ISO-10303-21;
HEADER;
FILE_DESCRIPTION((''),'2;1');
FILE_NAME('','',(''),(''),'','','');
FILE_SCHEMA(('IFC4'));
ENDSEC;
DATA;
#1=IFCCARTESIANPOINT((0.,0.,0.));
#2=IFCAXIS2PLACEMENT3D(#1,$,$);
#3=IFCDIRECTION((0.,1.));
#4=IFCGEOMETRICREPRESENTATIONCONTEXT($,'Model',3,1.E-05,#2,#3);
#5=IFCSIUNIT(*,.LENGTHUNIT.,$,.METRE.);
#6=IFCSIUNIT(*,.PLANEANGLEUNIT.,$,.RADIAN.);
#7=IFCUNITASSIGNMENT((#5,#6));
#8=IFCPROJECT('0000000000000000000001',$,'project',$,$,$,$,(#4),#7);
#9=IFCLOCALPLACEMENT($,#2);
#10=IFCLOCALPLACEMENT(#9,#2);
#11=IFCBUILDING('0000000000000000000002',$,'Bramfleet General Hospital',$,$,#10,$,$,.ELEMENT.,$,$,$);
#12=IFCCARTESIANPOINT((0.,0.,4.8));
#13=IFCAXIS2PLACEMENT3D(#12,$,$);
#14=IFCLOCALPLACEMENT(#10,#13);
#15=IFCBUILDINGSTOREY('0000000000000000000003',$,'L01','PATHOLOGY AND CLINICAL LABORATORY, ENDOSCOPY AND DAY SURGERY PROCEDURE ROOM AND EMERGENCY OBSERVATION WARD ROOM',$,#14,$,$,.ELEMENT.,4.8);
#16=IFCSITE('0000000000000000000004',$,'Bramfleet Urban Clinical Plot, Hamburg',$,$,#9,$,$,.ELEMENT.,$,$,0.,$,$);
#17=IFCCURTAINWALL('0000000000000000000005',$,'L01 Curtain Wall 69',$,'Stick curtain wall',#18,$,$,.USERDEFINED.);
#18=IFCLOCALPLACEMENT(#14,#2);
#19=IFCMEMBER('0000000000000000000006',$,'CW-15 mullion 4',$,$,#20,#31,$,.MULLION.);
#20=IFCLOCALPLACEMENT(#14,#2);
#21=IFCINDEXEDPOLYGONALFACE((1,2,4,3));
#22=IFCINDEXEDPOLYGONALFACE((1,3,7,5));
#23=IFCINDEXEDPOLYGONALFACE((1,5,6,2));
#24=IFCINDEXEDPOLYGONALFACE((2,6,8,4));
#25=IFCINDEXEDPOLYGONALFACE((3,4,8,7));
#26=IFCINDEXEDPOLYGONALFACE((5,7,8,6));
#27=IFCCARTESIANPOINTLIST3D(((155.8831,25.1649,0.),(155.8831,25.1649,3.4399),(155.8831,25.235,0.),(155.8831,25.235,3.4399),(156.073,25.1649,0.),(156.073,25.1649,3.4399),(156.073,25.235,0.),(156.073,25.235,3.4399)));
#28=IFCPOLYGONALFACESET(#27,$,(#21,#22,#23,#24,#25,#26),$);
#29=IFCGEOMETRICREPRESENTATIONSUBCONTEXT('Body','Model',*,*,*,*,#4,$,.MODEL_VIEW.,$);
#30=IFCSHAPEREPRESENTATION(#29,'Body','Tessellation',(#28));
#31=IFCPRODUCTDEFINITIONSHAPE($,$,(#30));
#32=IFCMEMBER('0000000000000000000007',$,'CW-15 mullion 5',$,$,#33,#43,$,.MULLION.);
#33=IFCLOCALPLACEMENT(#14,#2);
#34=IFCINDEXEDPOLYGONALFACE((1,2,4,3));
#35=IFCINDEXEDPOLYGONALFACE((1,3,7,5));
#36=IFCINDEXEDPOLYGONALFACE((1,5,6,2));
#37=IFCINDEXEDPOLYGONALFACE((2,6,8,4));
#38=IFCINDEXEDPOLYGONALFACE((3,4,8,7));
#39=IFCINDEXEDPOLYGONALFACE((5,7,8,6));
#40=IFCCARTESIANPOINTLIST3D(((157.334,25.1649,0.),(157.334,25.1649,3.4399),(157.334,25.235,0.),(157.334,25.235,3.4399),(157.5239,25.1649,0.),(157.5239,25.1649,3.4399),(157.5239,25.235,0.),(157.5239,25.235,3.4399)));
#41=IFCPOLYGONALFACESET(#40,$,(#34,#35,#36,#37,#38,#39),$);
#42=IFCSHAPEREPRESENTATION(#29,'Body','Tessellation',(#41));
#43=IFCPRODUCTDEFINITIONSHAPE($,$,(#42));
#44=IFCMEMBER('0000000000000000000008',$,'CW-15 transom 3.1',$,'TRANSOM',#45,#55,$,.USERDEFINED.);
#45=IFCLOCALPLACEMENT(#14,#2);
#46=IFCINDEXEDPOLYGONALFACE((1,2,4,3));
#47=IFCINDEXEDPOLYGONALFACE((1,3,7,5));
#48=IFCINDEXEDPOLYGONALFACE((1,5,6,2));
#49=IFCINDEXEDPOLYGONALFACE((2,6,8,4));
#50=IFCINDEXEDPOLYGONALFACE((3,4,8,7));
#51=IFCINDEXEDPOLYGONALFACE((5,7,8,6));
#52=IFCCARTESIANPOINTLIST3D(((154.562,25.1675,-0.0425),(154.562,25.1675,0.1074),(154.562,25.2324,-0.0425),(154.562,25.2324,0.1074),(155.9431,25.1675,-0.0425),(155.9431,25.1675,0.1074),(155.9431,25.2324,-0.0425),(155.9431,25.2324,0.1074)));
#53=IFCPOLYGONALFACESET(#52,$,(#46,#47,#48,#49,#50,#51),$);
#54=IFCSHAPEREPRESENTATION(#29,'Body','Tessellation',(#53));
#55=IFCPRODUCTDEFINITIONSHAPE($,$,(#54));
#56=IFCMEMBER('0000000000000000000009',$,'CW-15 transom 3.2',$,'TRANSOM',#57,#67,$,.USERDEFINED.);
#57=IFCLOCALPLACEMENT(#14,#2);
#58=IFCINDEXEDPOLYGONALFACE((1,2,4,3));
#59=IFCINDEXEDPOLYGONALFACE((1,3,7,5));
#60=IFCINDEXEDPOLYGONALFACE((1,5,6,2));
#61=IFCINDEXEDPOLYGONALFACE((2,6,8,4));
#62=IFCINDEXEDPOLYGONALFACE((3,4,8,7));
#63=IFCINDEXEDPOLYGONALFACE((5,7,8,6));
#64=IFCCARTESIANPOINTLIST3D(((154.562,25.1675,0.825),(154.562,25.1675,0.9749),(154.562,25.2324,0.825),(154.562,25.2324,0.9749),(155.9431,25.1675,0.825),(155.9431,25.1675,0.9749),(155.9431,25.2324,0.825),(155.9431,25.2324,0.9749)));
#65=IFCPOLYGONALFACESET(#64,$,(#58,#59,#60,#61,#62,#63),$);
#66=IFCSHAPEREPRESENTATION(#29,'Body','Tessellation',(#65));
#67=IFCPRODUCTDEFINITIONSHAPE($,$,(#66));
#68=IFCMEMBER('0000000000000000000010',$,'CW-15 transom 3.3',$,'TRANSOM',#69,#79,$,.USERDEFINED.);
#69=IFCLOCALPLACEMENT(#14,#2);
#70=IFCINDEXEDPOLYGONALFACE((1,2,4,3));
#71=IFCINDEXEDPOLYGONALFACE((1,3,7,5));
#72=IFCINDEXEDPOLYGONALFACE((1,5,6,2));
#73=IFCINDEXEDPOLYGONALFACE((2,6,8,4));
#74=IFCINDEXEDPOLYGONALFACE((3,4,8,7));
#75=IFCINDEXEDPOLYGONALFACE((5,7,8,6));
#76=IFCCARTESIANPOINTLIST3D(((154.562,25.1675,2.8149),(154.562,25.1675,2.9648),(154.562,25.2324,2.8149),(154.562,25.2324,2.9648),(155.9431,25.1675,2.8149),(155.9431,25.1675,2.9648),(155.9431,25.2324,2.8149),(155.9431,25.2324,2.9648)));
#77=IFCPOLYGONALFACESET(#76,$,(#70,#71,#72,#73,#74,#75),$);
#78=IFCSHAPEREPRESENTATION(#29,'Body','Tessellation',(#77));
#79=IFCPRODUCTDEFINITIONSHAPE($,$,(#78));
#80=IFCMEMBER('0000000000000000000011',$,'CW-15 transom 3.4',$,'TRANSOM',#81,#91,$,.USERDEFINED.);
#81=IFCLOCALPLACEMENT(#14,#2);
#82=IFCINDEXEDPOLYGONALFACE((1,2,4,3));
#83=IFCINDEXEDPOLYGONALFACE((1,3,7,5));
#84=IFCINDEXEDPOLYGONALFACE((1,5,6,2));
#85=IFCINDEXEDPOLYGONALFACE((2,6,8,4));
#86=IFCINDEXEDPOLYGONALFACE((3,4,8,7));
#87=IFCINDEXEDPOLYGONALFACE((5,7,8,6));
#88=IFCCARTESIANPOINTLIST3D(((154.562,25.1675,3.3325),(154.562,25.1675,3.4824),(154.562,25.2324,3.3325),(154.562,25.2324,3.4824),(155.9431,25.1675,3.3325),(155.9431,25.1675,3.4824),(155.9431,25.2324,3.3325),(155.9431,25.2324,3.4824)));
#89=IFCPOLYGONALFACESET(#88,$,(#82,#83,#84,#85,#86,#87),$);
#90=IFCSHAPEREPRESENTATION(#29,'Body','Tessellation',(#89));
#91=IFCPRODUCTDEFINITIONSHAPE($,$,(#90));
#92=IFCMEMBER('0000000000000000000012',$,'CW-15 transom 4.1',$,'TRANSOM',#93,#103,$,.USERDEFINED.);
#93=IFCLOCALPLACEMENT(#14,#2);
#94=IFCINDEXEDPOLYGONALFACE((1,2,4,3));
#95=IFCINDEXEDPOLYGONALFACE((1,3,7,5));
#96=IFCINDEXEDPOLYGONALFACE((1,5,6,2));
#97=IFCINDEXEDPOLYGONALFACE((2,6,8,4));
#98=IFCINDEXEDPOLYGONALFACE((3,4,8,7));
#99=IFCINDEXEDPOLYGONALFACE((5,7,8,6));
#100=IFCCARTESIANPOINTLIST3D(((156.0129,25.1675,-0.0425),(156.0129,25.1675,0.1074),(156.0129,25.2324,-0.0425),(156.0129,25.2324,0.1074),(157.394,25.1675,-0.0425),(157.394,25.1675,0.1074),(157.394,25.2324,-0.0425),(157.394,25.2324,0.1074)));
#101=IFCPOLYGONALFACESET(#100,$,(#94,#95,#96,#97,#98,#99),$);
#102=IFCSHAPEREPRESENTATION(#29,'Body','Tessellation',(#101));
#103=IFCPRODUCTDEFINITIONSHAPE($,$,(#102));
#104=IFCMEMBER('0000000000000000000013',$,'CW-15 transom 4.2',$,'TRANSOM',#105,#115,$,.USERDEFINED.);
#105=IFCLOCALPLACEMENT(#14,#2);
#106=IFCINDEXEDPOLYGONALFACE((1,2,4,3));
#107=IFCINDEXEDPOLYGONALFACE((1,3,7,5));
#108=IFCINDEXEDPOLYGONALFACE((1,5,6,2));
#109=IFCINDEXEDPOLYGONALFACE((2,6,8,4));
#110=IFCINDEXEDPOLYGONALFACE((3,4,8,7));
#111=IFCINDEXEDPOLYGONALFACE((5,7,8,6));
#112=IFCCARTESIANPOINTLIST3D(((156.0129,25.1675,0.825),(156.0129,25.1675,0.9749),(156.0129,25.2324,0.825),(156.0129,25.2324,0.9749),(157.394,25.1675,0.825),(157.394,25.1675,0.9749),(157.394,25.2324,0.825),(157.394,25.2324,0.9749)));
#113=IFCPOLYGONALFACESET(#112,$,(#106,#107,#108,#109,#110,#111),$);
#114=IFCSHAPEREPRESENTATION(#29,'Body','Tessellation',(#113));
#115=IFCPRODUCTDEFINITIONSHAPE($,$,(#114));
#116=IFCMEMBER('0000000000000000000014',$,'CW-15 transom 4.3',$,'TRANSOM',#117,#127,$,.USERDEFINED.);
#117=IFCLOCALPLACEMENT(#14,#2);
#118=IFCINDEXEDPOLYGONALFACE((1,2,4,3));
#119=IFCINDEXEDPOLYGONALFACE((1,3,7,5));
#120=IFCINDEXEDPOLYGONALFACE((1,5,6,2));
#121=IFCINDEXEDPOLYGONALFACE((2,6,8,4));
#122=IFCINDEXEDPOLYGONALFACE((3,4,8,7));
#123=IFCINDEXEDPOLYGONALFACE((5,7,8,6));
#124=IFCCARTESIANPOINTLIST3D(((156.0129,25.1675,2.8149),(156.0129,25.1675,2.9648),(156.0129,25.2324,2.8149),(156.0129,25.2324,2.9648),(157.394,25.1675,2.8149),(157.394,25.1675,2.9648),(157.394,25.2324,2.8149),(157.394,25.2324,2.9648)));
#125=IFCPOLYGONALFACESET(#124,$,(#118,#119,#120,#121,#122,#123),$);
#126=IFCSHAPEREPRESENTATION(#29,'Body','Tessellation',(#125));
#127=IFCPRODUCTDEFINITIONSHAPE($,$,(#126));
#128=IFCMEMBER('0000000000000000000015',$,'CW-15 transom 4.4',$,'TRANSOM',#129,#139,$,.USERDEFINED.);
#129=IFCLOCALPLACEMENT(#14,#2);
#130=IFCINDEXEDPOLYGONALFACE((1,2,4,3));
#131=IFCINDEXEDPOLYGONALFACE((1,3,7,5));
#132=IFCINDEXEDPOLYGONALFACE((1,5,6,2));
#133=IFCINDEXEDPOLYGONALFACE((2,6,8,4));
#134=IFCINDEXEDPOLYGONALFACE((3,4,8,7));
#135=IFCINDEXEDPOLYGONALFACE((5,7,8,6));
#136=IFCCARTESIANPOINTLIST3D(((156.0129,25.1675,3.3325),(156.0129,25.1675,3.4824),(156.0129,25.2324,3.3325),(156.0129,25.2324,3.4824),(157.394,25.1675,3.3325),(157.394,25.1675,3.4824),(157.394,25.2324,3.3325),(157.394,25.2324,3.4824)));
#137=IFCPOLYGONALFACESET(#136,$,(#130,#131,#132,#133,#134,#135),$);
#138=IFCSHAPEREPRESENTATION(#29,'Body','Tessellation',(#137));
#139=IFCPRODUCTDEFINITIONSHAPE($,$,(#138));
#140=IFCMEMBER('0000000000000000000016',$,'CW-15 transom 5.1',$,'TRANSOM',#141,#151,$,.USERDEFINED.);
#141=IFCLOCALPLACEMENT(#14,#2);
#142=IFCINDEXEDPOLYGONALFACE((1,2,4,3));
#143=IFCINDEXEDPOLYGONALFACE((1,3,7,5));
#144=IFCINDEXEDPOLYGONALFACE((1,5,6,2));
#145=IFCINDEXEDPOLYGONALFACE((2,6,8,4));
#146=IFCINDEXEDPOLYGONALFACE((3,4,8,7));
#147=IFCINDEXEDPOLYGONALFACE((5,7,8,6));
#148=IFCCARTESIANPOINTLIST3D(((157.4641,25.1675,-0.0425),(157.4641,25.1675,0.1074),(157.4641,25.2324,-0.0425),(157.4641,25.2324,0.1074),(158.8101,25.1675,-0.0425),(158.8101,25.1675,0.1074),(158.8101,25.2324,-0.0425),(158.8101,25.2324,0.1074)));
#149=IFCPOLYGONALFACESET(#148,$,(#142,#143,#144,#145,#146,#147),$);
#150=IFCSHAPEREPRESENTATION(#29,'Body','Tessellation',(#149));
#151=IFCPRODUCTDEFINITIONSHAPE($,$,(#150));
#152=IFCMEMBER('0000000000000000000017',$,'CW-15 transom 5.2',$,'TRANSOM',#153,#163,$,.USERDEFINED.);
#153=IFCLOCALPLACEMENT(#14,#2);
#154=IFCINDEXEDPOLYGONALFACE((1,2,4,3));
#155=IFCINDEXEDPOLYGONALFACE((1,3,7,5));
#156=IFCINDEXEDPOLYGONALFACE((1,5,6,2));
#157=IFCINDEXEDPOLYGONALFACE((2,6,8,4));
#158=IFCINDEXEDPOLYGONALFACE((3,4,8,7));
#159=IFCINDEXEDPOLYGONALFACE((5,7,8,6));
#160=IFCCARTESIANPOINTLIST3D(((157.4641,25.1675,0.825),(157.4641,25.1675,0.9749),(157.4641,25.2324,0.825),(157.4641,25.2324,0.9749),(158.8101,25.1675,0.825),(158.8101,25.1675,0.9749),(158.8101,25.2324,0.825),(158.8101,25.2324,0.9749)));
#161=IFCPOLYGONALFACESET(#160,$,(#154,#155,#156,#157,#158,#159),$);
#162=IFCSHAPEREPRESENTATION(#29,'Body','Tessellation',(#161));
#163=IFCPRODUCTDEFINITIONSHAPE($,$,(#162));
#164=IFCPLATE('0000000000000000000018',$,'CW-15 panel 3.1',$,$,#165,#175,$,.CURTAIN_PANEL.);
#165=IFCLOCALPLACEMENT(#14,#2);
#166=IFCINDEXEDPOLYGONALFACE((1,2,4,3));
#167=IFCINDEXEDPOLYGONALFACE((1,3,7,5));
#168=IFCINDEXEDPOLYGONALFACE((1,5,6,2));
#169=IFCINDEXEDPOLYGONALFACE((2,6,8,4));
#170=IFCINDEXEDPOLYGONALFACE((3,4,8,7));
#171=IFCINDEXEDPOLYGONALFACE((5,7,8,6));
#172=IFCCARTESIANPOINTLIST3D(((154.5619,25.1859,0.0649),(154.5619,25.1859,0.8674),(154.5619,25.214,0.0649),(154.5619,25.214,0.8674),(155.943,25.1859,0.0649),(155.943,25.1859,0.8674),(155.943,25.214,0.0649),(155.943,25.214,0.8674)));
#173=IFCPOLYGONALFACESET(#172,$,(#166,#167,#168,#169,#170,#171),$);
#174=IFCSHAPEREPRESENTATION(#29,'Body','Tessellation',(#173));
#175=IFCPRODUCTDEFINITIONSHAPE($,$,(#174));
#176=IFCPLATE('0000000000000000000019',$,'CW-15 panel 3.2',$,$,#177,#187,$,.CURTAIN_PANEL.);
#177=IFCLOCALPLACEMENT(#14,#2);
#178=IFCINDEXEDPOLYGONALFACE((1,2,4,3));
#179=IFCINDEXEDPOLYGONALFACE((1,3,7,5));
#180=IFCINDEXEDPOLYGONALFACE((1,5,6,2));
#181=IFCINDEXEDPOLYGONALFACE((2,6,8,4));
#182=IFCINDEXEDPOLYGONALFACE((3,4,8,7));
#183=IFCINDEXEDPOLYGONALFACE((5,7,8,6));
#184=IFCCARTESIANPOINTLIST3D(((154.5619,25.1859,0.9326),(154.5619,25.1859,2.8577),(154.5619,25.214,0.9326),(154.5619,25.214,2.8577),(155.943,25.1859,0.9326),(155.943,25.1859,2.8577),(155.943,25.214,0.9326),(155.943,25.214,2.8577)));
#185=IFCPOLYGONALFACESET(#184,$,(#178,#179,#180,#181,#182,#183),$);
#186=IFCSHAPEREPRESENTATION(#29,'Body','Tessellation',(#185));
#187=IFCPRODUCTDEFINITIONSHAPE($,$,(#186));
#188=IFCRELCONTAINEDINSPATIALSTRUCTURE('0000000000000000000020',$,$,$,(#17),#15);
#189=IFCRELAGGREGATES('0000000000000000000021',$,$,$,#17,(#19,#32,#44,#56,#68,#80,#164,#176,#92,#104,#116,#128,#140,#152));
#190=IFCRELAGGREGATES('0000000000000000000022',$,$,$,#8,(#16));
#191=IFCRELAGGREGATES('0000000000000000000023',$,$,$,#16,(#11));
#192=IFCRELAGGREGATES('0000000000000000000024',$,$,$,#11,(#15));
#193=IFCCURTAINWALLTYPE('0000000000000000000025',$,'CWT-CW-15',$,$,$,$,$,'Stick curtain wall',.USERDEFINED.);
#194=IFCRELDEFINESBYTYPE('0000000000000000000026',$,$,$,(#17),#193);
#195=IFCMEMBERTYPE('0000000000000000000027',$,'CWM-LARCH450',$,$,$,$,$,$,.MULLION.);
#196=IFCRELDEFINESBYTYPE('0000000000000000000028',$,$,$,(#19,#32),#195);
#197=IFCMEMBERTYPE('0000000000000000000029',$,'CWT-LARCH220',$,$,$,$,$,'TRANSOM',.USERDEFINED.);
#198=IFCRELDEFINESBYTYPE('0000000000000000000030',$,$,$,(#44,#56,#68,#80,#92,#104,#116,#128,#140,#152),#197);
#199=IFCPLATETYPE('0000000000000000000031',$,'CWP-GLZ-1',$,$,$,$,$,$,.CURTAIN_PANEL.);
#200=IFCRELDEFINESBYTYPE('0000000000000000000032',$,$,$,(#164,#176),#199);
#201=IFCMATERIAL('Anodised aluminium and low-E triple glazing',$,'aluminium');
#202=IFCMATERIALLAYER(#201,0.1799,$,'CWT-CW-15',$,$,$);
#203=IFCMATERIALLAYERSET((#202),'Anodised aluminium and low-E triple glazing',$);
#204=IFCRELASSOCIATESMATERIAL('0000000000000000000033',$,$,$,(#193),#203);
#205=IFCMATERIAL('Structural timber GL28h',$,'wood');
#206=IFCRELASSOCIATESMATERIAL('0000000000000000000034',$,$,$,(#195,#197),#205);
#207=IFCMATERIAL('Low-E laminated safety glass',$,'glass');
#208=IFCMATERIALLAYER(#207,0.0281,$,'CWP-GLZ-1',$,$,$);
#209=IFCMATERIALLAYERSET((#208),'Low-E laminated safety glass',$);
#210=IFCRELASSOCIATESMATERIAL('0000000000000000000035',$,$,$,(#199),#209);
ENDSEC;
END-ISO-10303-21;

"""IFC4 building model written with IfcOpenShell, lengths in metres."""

from ifc_helpers import new_model, si_unit, direction, frame, origin, origin_2d, place, context, subcontext, project, spatial, rectangle, extrude, material, layer, layer_set, material_profile, profile_set, type_object, element, aggregate, save


model = new_model("IFC4")

# Units and contexts
model_context = context("Model", 3, precision=1e-05, world=origin(), true_north=direction((0.0, 1.0)))
body_context = subcontext(model_context, "Body", "Model", "MODEL_VIEW")
ifc_project = project(units=[si_unit("LENGTHUNIT", "METRE"), si_unit("PLANEANGLEUNIT", "RADIAN")], contexts=[model_context])

# Site, building, storey
site_placement = place(None, origin())
site = spatial("IfcSite", under=ifc_project, at=site_placement, Name="Bramfleet Urban Clinical Plot, Hamburg", CompositionType="ELEMENT", RefElevation=0.0)
building_placement = place(site_placement, origin())
building = spatial("IfcBuilding", under=site, at=building_placement, Name="Bramfleet General Hospital", CompositionType="ELEMENT")
storey_placement = place(building_placement, frame((0.0, 0.0, 4.8)))
storey = spatial("IfcBuildingStorey", under=building, at=storey_placement, Name="L01", Description="PATHOLOGY AND CLINICAL LABORATORY, ENDOSCOPY AND DAY SURGERY PROCEDURE ROOM AND EMERGENCY OBSERVATION WARD ROOM", CompositionType="ELEMENT", Elevation=4.8)

# Curtain wall, members, plates
ifc_material_1 = material(Name="Anodised aluminium and low-E triple glazing", Category="aluminium")
ifc_layer_1 = layer(ifc_material_1, 0.1799, Name="CWT-CW-15")
ifc_layer_set_1 = layer_set([ifc_layer_1], Name="Anodised aluminium and low-E triple glazing")
curtain_wall_type = type_object("IfcCurtainWallType", Name="CWT-CW-15", ElementType="Stick curtain wall", PredefinedType="USERDEFINED", material=ifc_layer_set_1)
curtain_wall_placement = place(storey_placement, origin())
curtain_wall = element("IfcCurtainWall", 1, at=curtain_wall_placement, inside=storey, type_object=curtain_wall_type, Name="L01 Curtain Wall 69", ObjectType="Stick curtain wall", PredefinedType="USERDEFINED")
ifc_material_2 = material(Name="Structural timber GL28h", Category="wood")
ifc_material_profile_1 = material_profile(ifc_material_2, rectangle(XDim=0.0701, YDim=0.1899, at=origin_2d()), Name="LARCH 190x70")
ifc_profile_set_1 = profile_set([ifc_material_profile_1], Name="Structural timber GL28h")
member_type_1 = type_object("IfcMemberType", Name="CWM-LARCH450", PredefinedType="MULLION", material=ifc_profile_set_1)
member_1_placement = place(storey_placement, frame((155.978, 25.2, 0.0), z_axis=(0.0, 0.0, 1.0), x_axis=(0.0, 1.0, 0.0)))
member_1 = element("IfcMember", 2, at=member_1_placement, type_object=member_type_1, Name="CW-15 mullion 4", PredefinedType="MULLION", context=body_context, shape_type="SweptSolid", body=[
    extrude(rectangle(XDim=0.0701, YDim=0.1899, at=origin_2d()), origin(), (0.0, 0.0, 1.0), 3.4399),
])
member_2_placement = place(storey_placement, frame((157.429, 25.2, 0.0), z_axis=(0.0, 0.0, 1.0), x_axis=(0.0, 1.0, 0.0)))
member_2 = element("IfcMember", 3, at=member_2_placement, type_object=member_type_1, Name="CW-15 mullion 5", PredefinedType="MULLION", context=body_context, shape_type="SweptSolid", body=[
    extrude(rectangle(XDim=0.0701, YDim=0.1899, at=origin_2d()), origin(), (0.0, 0.0, 1.0), 3.4399),
])
ifc_material_profile_2 = material_profile(ifc_material_2, rectangle(XDim=0.0649, YDim=0.1499, at=origin_2d()), Name="LARCH 150x65")
ifc_profile_set_2 = profile_set([ifc_material_profile_2], Name="Structural timber GL28h")
member_type_2 = type_object("IfcMemberType", Name="CWT-LARCH220", ElementType="TRANSOM", PredefinedType="USERDEFINED", material=ifc_profile_set_2)
member_3_placement = place(storey_placement, frame((154.562, 25.2, 0.0325), z_axis=(1.0, 0.0, 0.0), x_axis=(0.0, 1.0, 0.0)))
member_3 = element("IfcMember", 4, at=member_3_placement, type_object=member_type_2, Name="CW-15 transom 3.1", ObjectType="TRANSOM", PredefinedType="USERDEFINED", context=body_context, shape_type="SweptSolid", body=[
    extrude(rectangle(XDim=0.0649, YDim=0.1499, at=origin_2d()), origin(), (0.0, 0.0, 1.0), 1.3811),
])
member_4_placement = place(storey_placement, frame((154.562, 25.2, 0.8999), z_axis=(1.0, 0.0, 0.0), x_axis=(0.0, 1.0, 0.0)))
member_4 = element("IfcMember", 5, at=member_4_placement, type_object=member_type_2, Name="CW-15 transom 3.2", ObjectType="TRANSOM", PredefinedType="USERDEFINED", context=body_context, shape_type="SweptSolid", body=[
    extrude(rectangle(XDim=0.0649, YDim=0.1499, at=origin_2d()), origin(), (0.0, 0.0, 1.0), 1.3811),
])
member_5_placement = place(storey_placement, frame((154.562, 25.2, 2.8899), z_axis=(1.0, 0.0, 0.0), x_axis=(0.0, 1.0, 0.0)))
member_5 = element("IfcMember", 6, at=member_5_placement, type_object=member_type_2, Name="CW-15 transom 3.3", ObjectType="TRANSOM", PredefinedType="USERDEFINED", context=body_context, shape_type="SweptSolid", body=[
    extrude(rectangle(XDim=0.0649, YDim=0.1499, at=origin_2d()), origin(), (0.0, 0.0, 1.0), 1.3811),
])
member_6_placement = place(storey_placement, frame((154.562, 25.2, 3.4075), z_axis=(1.0, 0.0, 0.0), x_axis=(0.0, 1.0, 0.0)))
member_6 = element("IfcMember", 7, at=member_6_placement, type_object=member_type_2, Name="CW-15 transom 3.4", ObjectType="TRANSOM", PredefinedType="USERDEFINED", context=body_context, shape_type="SweptSolid", body=[
    extrude(rectangle(XDim=0.0649, YDim=0.1499, at=origin_2d()), origin(), (0.0, 0.0, 1.0), 1.3811),
])
member_7_placement = place(storey_placement, frame((156.0129, 25.2, 0.0325), z_axis=(1.0, 0.0, 0.0), x_axis=(0.0, 1.0, 0.0)))
member_7 = element("IfcMember", 8, at=member_7_placement, type_object=member_type_2, Name="CW-15 transom 4.1", ObjectType="TRANSOM", PredefinedType="USERDEFINED", context=body_context, shape_type="SweptSolid", body=[
    extrude(rectangle(XDim=0.0649, YDim=0.1499, at=origin_2d()), origin(), (0.0, 0.0, 1.0), 1.3811),
])
member_8_placement = place(storey_placement, frame((156.0129, 25.2, 0.8999), z_axis=(1.0, 0.0, 0.0), x_axis=(0.0, 1.0, 0.0)))
member_8 = element("IfcMember", 9, at=member_8_placement, type_object=member_type_2, Name="CW-15 transom 4.2", ObjectType="TRANSOM", PredefinedType="USERDEFINED", context=body_context, shape_type="SweptSolid", body=[
    extrude(rectangle(XDim=0.0649, YDim=0.1499, at=origin_2d()), origin(), (0.0, 0.0, 1.0), 1.3811),
])
member_9_placement = place(storey_placement, frame((156.0129, 25.2, 2.8899), z_axis=(1.0, 0.0, 0.0), x_axis=(0.0, 1.0, 0.0)))
member_9 = element("IfcMember", 10, at=member_9_placement, type_object=member_type_2, Name="CW-15 transom 4.3", ObjectType="TRANSOM", PredefinedType="USERDEFINED", context=body_context, shape_type="SweptSolid", body=[
    extrude(rectangle(XDim=0.0649, YDim=0.1499, at=origin_2d()), origin(), (0.0, 0.0, 1.0), 1.3811),
])
member_10_placement = place(storey_placement, frame((156.0129, 25.2, 3.4075), z_axis=(1.0, 0.0, 0.0), x_axis=(0.0, 1.0, 0.0)))
member_10 = element("IfcMember", 11, at=member_10_placement, type_object=member_type_2, Name="CW-15 transom 4.4", ObjectType="TRANSOM", PredefinedType="USERDEFINED", context=body_context, shape_type="SweptSolid", body=[
    extrude(rectangle(XDim=0.0649, YDim=0.1499, at=origin_2d()), origin(), (0.0, 0.0, 1.0), 1.3811),
])
member_11_placement = place(storey_placement, frame((157.4641, 25.2, 0.0325), z_axis=(1.0, 0.0, 0.0), x_axis=(0.0, 1.0, 0.0)))
member_11 = element("IfcMember", 12, at=member_11_placement, type_object=member_type_2, Name="CW-15 transom 5.1", ObjectType="TRANSOM", PredefinedType="USERDEFINED", context=body_context, shape_type="SweptSolid", body=[
    extrude(rectangle(XDim=0.0649, YDim=0.1499, at=origin_2d()), origin(), (0.0, 0.0, 1.0), 1.3459),
])
member_12_placement = place(storey_placement, frame((157.4641, 25.2, 0.8999), z_axis=(1.0, 0.0, 0.0), x_axis=(0.0, 1.0, 0.0)))
member_12 = element("IfcMember", 13, at=member_12_placement, type_object=member_type_2, Name="CW-15 transom 5.2", ObjectType="TRANSOM", PredefinedType="USERDEFINED", context=body_context, shape_type="SweptSolid", body=[
    extrude(rectangle(XDim=0.0649, YDim=0.1499, at=origin_2d()), origin(), (0.0, 0.0, 1.0), 1.3459),
])
ifc_material_3 = material(Name="Low-E laminated safety glass", Category="glass")
ifc_layer_2 = layer(ifc_material_3, 0.0281, Name="CWP-GLZ-1")
ifc_layer_set_2 = layer_set([ifc_layer_2], Name="Low-E laminated safety glass")
plate_type = type_object("IfcPlateType", Name="CWP-GLZ-1", PredefinedType="CURTAIN_PANEL", material=ifc_layer_set_2)
plate_1_placement = place(storey_placement, frame((155.2524, 25.2, 0.0649), z_axis=(0.0, 0.0, 1.0), x_axis=(1.0, 0.0, 0.0)))
plate_1 = element("IfcPlate", 14, at=plate_1_placement, type_object=plate_type, Name="CW-15 panel 3.1", PredefinedType="CURTAIN_PANEL", context=body_context, shape_type="SweptSolid", body=[
    extrude(rectangle(XDim=1.3811, YDim=0.0281, at=origin_2d()), origin(), (0.0, 0.0, 1.0), 0.8025),
])
plate_2_placement = place(storey_placement, frame((155.2524, 25.2, 0.9326), z_axis=(0.0, 0.0, 1.0), x_axis=(1.0, 0.0, 0.0)))
plate_2 = element("IfcPlate", 15, at=plate_2_placement, type_object=plate_type, Name="CW-15 panel 3.2", PredefinedType="CURTAIN_PANEL", context=body_context, shape_type="SweptSolid", body=[
    extrude(rectangle(XDim=1.3811, YDim=0.0281, at=origin_2d()), origin(), (0.0, 0.0, 1.0), 1.925),
])
aggregate(curtain_wall, [member_1, member_2, member_3, member_4, member_5, member_6, plate_1, plate_2, member_7, member_8, member_9, member_10, member_11, member_12])

save(model, "model.ifc")
